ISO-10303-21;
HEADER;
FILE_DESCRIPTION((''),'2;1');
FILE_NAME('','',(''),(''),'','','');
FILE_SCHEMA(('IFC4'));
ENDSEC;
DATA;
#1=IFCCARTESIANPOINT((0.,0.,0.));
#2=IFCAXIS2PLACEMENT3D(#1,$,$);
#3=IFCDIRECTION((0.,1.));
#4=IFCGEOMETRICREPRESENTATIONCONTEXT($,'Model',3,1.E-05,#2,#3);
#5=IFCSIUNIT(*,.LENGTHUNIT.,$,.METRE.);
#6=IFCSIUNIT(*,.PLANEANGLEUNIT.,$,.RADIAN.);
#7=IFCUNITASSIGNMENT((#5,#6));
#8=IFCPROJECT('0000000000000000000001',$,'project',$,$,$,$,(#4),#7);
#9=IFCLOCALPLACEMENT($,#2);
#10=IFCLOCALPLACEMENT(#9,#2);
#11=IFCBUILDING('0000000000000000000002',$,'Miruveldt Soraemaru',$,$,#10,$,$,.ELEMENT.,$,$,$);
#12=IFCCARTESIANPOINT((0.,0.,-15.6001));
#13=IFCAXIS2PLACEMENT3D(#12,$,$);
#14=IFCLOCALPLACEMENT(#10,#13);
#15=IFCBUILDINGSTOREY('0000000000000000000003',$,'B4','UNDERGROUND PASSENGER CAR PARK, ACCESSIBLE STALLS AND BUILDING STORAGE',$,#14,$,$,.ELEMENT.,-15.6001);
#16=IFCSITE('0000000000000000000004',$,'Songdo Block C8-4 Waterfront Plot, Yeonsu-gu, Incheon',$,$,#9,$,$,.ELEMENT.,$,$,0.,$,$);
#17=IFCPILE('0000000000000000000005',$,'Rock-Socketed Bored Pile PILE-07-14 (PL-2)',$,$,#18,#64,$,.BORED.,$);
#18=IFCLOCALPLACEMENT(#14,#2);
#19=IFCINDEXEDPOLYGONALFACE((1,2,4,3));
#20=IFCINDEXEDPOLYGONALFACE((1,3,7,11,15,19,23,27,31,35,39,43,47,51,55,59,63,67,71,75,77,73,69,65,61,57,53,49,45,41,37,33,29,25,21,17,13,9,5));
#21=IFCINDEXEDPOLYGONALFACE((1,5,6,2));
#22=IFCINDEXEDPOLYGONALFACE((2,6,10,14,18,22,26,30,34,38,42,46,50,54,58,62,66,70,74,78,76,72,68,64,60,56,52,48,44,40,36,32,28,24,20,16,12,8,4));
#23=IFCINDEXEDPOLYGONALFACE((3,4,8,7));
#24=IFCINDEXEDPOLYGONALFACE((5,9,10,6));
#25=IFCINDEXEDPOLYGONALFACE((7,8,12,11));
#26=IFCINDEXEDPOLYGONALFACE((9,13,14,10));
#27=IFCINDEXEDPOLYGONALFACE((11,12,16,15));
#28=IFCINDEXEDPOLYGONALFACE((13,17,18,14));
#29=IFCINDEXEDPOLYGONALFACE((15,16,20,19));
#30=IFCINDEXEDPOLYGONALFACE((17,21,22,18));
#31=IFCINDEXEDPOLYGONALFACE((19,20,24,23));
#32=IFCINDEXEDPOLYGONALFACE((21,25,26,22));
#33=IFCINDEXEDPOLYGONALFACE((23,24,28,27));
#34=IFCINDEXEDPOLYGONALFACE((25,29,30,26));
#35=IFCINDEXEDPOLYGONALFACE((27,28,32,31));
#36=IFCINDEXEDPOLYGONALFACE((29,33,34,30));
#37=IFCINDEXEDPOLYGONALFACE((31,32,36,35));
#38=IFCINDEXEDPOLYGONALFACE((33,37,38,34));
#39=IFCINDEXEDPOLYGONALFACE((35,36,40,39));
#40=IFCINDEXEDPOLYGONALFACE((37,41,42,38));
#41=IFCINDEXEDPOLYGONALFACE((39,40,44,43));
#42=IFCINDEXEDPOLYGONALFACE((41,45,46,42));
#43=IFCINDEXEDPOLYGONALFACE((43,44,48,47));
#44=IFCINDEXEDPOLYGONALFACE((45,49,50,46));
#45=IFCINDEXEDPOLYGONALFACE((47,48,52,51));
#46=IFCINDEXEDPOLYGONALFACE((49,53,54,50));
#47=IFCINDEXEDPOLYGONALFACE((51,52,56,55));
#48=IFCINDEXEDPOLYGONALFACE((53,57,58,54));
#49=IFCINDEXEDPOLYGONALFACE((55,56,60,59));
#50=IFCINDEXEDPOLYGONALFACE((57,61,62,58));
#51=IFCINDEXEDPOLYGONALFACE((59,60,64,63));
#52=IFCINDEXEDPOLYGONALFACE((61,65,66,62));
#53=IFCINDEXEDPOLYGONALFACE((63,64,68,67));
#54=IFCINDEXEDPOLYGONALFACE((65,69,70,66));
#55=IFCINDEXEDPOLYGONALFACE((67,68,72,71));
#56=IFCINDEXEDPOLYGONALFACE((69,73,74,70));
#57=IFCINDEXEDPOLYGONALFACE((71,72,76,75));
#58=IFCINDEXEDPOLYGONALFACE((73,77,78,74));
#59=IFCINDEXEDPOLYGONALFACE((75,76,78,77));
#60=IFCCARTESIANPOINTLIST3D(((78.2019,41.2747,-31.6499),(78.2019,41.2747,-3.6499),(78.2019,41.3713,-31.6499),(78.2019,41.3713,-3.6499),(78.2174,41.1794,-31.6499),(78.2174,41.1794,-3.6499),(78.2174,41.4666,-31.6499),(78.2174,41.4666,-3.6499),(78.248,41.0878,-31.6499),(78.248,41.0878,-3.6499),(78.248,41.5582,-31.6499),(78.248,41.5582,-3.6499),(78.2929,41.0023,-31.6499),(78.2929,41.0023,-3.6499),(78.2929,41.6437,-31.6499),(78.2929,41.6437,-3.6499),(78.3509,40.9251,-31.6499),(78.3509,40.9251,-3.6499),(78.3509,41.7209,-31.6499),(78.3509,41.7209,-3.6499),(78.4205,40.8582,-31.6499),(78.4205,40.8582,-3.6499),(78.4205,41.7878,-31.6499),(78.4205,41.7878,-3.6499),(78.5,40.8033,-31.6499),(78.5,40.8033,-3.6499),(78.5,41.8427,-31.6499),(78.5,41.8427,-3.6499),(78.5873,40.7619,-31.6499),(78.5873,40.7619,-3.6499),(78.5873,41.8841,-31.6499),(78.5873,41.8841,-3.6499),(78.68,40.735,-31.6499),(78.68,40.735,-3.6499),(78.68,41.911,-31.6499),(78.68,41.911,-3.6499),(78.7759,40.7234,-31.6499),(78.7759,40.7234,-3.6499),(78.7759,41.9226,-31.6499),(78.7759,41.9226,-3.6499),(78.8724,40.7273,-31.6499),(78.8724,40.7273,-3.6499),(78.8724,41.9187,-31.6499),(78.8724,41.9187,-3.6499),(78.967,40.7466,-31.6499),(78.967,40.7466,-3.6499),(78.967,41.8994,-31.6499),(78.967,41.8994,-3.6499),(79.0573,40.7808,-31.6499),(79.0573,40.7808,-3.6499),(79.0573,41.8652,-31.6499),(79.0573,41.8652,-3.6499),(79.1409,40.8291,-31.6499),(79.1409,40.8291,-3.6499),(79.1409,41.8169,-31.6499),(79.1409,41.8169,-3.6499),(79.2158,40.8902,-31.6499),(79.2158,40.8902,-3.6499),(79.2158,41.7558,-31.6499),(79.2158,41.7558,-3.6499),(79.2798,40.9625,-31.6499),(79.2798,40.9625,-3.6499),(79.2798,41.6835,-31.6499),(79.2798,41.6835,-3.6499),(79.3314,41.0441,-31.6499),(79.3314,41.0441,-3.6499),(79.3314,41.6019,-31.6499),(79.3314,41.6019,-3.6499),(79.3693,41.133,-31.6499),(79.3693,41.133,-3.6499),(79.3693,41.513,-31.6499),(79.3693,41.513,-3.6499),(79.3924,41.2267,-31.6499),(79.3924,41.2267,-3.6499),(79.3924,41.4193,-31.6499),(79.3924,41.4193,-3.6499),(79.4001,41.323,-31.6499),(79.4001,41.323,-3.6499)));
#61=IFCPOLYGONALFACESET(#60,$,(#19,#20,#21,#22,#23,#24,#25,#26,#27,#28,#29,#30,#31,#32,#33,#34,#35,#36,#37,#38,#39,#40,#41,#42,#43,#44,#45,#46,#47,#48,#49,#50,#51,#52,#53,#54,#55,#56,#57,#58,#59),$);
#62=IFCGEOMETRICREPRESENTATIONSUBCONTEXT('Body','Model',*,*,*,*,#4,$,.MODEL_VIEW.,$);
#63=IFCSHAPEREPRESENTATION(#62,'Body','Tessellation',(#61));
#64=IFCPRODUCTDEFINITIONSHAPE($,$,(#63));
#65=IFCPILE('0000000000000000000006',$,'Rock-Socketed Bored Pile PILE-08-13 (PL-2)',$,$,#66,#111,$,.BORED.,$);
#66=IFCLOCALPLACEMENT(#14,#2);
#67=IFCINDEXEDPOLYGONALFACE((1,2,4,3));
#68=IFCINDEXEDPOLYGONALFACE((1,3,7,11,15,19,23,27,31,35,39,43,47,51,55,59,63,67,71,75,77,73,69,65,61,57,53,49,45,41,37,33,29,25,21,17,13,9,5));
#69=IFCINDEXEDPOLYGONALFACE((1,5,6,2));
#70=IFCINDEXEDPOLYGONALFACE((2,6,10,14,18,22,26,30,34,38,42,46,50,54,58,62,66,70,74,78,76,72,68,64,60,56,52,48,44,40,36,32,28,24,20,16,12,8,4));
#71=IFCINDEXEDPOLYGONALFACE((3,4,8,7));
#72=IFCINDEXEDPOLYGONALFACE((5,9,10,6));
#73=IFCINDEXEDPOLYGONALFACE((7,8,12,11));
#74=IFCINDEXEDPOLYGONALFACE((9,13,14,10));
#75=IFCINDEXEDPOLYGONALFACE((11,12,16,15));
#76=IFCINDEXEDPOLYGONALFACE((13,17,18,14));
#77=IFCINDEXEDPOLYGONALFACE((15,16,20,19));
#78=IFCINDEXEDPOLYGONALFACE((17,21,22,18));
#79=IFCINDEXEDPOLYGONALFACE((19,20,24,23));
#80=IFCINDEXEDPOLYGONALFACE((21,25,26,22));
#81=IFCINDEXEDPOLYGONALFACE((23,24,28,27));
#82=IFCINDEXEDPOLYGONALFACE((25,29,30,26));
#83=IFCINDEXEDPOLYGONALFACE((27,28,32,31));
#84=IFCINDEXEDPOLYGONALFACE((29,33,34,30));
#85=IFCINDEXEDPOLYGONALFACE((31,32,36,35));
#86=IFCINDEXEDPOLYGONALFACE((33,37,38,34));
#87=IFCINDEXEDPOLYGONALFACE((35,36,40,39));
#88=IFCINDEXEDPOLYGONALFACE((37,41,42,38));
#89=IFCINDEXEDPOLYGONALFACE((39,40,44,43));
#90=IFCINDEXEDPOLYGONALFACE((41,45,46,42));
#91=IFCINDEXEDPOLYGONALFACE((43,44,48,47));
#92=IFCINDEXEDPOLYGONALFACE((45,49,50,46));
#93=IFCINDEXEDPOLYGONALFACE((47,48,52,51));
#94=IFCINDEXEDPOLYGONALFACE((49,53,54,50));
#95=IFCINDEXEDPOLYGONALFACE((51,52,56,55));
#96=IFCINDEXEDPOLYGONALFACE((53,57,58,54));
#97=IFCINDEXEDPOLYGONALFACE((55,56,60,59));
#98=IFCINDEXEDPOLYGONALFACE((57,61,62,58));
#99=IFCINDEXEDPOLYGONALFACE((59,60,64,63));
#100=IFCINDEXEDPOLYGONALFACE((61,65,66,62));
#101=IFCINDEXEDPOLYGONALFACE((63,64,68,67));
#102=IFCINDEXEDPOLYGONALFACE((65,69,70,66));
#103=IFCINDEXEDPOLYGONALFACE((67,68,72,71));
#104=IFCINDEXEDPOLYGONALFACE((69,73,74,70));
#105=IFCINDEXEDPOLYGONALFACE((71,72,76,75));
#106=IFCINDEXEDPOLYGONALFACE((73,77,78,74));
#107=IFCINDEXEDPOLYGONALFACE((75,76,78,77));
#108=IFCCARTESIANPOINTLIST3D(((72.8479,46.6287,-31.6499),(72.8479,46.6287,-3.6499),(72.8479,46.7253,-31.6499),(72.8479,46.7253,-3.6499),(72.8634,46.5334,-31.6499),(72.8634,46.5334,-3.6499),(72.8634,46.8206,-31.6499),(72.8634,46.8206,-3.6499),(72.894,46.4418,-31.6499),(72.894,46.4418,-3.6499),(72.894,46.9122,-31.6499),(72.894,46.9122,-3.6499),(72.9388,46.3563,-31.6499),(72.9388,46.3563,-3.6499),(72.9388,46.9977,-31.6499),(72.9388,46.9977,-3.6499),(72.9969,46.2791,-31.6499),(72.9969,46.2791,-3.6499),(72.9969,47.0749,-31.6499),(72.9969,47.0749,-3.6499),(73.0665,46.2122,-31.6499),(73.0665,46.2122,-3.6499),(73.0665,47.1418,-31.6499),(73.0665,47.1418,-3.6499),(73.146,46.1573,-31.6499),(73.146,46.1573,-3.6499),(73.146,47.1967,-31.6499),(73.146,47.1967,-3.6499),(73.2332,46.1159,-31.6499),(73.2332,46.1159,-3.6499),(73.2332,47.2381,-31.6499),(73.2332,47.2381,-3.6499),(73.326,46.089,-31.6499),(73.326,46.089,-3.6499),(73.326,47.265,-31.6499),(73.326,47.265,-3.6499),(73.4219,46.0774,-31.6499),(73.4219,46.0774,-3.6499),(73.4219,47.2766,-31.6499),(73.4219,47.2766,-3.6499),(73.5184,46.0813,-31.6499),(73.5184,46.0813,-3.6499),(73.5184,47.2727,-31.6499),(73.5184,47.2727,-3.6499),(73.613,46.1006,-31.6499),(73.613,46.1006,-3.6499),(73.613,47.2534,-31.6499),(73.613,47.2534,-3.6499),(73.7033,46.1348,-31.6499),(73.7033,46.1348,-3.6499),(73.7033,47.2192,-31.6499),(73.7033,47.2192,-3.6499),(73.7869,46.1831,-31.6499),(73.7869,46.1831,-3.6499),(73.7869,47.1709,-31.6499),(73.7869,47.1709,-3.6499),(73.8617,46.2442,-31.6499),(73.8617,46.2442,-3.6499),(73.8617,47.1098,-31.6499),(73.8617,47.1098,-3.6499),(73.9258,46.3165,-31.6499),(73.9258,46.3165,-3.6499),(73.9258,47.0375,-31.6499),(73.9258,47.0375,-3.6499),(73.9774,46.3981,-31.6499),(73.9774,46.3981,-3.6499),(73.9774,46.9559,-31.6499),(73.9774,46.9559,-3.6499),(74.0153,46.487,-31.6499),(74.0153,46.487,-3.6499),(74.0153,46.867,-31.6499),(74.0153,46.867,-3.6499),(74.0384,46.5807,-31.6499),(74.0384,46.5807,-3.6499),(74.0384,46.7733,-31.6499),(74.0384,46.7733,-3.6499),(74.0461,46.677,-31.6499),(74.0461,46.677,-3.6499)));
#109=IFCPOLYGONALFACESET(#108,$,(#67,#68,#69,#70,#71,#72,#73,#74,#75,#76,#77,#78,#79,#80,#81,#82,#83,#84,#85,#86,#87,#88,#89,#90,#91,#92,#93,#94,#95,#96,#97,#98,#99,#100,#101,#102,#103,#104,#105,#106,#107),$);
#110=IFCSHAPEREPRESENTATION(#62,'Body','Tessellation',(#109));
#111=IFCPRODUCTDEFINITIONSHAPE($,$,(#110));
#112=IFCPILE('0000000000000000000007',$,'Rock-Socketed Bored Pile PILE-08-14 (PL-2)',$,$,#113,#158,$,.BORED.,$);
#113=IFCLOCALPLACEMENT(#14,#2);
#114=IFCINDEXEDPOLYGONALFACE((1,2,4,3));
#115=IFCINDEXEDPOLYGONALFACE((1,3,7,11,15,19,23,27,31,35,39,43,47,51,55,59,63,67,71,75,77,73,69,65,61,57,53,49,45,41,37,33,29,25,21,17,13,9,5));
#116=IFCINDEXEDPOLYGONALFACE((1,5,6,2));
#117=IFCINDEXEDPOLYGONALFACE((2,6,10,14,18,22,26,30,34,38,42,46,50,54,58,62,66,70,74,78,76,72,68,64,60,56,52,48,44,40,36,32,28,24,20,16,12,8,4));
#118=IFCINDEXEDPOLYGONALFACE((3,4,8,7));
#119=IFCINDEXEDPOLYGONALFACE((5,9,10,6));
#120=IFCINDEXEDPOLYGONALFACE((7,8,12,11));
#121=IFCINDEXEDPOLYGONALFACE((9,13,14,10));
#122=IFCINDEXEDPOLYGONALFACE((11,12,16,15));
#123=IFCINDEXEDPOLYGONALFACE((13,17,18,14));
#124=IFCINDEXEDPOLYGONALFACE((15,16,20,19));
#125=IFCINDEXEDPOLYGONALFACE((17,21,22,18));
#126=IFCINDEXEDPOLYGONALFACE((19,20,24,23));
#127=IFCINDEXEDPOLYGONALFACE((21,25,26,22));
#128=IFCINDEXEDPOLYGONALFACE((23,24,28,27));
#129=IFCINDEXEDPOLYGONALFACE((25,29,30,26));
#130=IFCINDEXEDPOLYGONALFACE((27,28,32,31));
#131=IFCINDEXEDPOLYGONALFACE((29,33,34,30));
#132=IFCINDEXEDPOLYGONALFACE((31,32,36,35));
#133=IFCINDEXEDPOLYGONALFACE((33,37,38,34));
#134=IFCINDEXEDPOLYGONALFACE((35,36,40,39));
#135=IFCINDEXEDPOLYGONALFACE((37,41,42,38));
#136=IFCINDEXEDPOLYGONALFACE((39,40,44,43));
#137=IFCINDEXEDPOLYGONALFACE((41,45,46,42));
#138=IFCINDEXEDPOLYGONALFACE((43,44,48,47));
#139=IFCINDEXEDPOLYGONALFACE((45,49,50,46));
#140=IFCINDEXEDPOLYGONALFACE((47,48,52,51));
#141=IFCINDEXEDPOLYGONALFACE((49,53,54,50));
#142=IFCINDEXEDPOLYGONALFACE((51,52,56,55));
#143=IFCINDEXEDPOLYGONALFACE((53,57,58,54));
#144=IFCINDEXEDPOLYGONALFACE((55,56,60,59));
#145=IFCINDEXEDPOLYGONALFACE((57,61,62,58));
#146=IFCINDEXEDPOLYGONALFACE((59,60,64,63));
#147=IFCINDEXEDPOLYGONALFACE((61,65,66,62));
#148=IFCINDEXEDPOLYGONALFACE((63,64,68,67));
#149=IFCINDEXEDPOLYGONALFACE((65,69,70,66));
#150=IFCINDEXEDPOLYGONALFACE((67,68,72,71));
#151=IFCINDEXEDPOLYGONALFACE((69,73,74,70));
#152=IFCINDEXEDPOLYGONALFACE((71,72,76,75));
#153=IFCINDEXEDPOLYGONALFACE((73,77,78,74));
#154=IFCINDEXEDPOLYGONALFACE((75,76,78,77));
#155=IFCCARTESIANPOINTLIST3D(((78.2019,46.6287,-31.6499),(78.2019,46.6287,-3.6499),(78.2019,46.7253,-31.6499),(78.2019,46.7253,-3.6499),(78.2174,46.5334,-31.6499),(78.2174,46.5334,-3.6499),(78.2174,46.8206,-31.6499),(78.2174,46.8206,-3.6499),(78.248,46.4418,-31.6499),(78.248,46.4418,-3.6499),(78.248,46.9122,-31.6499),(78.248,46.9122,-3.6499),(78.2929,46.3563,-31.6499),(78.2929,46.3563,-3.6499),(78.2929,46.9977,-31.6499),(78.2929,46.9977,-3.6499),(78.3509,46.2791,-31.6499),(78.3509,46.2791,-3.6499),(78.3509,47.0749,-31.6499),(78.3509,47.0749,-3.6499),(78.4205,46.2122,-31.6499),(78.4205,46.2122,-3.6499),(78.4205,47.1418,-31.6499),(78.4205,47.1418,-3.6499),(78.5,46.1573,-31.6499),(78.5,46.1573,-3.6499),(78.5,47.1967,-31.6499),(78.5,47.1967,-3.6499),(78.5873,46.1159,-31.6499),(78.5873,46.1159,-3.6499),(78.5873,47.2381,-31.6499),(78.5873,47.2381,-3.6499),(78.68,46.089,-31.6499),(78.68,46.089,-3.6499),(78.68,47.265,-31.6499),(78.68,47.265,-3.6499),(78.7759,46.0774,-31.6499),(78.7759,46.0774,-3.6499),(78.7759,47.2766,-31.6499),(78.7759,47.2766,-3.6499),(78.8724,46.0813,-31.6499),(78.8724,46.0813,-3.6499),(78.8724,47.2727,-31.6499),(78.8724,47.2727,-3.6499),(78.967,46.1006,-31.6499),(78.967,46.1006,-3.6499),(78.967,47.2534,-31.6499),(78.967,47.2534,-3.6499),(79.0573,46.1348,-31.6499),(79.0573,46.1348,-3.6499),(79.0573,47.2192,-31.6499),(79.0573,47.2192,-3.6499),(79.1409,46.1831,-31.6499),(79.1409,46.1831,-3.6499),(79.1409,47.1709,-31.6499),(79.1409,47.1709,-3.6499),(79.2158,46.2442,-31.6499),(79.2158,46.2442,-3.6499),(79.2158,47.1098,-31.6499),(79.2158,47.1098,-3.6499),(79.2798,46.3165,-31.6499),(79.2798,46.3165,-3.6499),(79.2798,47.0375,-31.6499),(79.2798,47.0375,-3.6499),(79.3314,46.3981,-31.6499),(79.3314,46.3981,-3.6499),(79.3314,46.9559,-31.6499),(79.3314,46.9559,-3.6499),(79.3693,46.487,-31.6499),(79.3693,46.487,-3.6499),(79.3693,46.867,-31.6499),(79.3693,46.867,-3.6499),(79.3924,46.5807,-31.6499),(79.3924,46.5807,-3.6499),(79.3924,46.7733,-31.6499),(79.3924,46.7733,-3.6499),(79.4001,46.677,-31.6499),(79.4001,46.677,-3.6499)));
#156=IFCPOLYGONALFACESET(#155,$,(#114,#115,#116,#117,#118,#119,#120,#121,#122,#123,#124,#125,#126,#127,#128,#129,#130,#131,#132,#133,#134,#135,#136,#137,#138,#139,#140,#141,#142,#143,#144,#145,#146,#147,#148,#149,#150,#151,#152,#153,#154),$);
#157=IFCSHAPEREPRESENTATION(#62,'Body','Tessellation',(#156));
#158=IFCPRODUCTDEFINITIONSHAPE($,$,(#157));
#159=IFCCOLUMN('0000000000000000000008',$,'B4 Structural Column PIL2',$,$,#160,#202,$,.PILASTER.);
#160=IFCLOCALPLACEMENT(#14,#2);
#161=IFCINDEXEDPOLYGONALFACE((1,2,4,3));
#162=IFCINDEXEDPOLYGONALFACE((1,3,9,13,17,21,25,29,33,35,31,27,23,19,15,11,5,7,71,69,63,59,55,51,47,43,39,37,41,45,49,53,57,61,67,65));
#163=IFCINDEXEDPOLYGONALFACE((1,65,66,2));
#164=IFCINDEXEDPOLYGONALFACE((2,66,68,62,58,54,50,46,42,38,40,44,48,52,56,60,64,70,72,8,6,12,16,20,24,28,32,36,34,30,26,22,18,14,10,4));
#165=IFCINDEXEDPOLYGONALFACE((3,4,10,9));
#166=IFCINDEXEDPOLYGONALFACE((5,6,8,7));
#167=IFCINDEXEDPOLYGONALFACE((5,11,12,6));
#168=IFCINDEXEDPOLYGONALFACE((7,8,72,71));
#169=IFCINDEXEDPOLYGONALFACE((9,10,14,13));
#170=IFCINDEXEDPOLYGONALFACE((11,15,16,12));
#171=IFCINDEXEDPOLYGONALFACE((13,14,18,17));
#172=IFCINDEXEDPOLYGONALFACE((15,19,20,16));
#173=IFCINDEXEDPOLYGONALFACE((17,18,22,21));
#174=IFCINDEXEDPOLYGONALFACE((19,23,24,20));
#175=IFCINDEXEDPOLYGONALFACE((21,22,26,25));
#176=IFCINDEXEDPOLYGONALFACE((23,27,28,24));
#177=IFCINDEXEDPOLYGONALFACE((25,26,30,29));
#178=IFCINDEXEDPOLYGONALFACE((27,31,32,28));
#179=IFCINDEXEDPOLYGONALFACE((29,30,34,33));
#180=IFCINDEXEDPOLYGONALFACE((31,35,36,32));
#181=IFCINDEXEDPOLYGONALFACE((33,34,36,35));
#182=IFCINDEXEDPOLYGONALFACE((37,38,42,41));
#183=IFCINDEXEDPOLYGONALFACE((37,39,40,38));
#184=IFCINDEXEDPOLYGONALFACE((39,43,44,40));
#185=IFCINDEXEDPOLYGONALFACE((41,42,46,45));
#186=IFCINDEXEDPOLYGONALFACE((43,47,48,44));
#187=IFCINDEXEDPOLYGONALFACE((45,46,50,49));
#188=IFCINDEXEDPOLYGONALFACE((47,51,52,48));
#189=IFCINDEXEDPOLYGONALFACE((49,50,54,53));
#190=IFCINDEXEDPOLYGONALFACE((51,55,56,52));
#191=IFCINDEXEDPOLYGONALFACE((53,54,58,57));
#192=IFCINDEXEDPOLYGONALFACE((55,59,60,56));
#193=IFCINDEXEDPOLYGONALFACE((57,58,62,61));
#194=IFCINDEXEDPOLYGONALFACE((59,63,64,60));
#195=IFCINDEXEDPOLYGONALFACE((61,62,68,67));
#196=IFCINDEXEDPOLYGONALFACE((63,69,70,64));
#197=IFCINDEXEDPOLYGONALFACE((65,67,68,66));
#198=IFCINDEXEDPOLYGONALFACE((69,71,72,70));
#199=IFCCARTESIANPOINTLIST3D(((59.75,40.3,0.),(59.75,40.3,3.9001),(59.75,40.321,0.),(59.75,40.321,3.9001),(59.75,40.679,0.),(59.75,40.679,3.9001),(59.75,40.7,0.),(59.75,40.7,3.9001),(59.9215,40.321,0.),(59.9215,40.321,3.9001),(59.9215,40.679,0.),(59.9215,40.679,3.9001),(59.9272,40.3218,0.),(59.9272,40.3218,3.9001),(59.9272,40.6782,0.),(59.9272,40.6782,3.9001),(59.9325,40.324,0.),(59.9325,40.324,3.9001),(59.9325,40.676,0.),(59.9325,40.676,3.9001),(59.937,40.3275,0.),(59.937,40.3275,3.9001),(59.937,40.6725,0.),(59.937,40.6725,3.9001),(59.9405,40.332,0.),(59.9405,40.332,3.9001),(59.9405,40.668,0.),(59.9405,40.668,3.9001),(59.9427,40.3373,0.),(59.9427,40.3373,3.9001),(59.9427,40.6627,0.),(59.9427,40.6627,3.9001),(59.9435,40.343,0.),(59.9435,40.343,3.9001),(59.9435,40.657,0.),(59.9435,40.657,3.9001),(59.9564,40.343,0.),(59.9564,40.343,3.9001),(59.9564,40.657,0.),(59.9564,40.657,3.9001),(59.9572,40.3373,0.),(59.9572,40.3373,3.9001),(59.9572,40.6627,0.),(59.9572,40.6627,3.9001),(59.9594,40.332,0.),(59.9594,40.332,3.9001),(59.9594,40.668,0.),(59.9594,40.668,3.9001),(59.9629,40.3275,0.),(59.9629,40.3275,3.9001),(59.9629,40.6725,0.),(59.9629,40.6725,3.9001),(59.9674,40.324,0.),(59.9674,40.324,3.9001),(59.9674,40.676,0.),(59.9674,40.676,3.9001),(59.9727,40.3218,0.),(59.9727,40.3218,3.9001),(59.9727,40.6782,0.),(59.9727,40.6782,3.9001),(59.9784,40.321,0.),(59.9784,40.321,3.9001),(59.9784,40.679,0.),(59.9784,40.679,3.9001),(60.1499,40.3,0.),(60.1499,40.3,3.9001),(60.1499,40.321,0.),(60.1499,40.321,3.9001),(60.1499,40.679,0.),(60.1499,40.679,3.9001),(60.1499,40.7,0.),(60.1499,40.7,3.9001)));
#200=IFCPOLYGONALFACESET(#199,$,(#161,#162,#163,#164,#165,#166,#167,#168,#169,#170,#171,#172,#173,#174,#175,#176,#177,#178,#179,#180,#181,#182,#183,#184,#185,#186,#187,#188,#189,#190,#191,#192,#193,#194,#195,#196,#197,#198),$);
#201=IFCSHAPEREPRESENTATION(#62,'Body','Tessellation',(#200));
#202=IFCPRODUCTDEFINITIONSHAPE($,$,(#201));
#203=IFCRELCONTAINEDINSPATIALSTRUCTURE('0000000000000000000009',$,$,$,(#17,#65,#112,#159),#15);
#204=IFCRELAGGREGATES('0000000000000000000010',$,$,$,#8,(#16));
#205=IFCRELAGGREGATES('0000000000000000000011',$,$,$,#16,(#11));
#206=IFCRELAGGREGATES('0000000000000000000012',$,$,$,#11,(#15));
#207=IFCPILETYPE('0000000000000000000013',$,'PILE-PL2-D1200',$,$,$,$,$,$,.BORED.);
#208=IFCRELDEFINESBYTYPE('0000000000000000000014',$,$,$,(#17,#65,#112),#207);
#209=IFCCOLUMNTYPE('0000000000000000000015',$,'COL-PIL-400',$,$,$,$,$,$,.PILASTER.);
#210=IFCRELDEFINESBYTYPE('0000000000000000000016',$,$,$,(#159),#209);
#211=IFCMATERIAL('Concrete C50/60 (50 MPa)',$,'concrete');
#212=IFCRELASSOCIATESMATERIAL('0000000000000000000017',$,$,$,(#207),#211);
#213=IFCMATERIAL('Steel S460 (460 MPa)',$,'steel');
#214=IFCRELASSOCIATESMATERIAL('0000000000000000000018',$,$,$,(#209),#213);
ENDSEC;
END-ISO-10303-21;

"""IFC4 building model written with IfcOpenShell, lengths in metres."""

from ifc_helpers import new_model, si_unit, direction, frame, origin, origin_2d, place, context, subcontext, project, spatial, circle, i_section, extrude, material, material_profile, profile_set, type_object, element, save


model = new_model("IFC4")

# Units and contexts
model_context = context("Model", 3, precision=1e-05, world=origin(), true_north=direction((0.0, 1.0)))
body_context = subcontext(model_context, "Body", "Model", "MODEL_VIEW")
ifc_project = project(units=[si_unit("LENGTHUNIT", "METRE"), si_unit("PLANEANGLEUNIT", "RADIAN")], contexts=[model_context])

# Site, building, storey
site_placement = place(None, origin())
site = spatial("IfcSite", under=ifc_project, at=site_placement, Name="Songdo Block C8-4 Waterfront Plot, Yeonsu-gu, Incheon", CompositionType="ELEMENT", RefElevation=0.0)
building_placement = place(site_placement, origin())
building = spatial("IfcBuilding", under=site, at=building_placement, Name="Miruveldt Soraemaru", CompositionType="ELEMENT")
storey_placement = place(building_placement, frame((0.0, 0.0, -15.6001)))
storey = spatial("IfcBuildingStorey", under=building, at=storey_placement, Name="B4", Description="UNDERGROUND PASSENGER CAR PARK, ACCESSIBLE STALLS AND BUILDING STORAGE", CompositionType="ELEMENT", Elevation=-15.6001)

# Piles
ifc_material_1 = material(Name="Concrete C50/60 (50 MPa)", Category="concrete")
ifc_material_profile_1 = material_profile(ifc_material_1, circle(Radius=0.6001, at=origin_2d()), Name="Concrete C50/60 (50 MPa)", Category="concrete")
ifc_profile_set_1 = profile_set([ifc_material_profile_1], Name="Concrete C50/60 (50 MPa)")
pile_type_1 = type_object("IfcPileType", Name="PILE-PL2-D1200", PredefinedType="BORED", material=ifc_profile_set_1)
for number, where, z_axis, x_axis, name in (
    (1, (78.8, 41.323, -3.6499), (0.0, 0.0, -1.0), (1.0, 0.0, 0.0), "Rock-Socketed Bored Pile PILE-07-14 (PL-2)"),
    (2, (73.446, 46.677, -3.6499), (0.0, 0.0, -1.0), (1.0, 0.0, 0.0), "Rock-Socketed Bored Pile PILE-08-13 (PL-2)"),
    (3, (78.8, 46.677, -3.6499), (0.0, 0.0, -1.0), (1.0, 0.0, 0.0), "Rock-Socketed Bored Pile PILE-08-14 (PL-2)"),
):
    element("IfcPile", number, at=place(storey_placement, frame(where, z_axis=z_axis, x_axis=x_axis)), inside=storey, type_object=pile_type_1, Name=name, PredefinedType="BORED", context=body_context, shape_type="SweptSolid", body=[
        extrude(circle(Radius=0.6001, at=origin_2d()), origin(), (0.0, 0.0, 1.0), 28.0),
    ])

# Column
ifc_material_2 = material(Name="Steel S460 (460 MPa)", Category="steel")
ifc_material_profile_2 = material_profile(ifc_material_2, i_section(OverallWidth=0.3999, OverallDepth=0.3999, WebThickness=0.0129, FlangeThickness=0.021, FilletRadius=0.022, at=origin_2d()), Name="Steel S460 (460 MPa)", Category="steel")
ifc_profile_set_2 = profile_set([ifc_material_profile_2], Name="Steel S460 (460 MPa)")
column_type_1 = type_object("IfcColumnType", Name="COL-PIL-400", PredefinedType="PILASTER", material=ifc_profile_set_2)
column_1_placement = place(storey_placement, frame((59.95, 40.5, 0.0), z_axis=(0.0, 0.0, 1.0), x_axis=(1.0, 0.0, 0.0)))
element("IfcColumn", 4, at=column_1_placement, inside=storey, type_object=column_type_1, Name="B4 Structural Column PIL2", PredefinedType="PILASTER", context=body_context, shape_type="SweptSolid", body=[
    extrude(i_section(OverallWidth=0.3999, OverallDepth=0.3999, WebThickness=0.0129, FlangeThickness=0.021, FilletRadius=0.022, at=origin_2d()), origin(), (0.0, 0.0, 1.0), 3.9001),
])

save(model, "model.ifc")
